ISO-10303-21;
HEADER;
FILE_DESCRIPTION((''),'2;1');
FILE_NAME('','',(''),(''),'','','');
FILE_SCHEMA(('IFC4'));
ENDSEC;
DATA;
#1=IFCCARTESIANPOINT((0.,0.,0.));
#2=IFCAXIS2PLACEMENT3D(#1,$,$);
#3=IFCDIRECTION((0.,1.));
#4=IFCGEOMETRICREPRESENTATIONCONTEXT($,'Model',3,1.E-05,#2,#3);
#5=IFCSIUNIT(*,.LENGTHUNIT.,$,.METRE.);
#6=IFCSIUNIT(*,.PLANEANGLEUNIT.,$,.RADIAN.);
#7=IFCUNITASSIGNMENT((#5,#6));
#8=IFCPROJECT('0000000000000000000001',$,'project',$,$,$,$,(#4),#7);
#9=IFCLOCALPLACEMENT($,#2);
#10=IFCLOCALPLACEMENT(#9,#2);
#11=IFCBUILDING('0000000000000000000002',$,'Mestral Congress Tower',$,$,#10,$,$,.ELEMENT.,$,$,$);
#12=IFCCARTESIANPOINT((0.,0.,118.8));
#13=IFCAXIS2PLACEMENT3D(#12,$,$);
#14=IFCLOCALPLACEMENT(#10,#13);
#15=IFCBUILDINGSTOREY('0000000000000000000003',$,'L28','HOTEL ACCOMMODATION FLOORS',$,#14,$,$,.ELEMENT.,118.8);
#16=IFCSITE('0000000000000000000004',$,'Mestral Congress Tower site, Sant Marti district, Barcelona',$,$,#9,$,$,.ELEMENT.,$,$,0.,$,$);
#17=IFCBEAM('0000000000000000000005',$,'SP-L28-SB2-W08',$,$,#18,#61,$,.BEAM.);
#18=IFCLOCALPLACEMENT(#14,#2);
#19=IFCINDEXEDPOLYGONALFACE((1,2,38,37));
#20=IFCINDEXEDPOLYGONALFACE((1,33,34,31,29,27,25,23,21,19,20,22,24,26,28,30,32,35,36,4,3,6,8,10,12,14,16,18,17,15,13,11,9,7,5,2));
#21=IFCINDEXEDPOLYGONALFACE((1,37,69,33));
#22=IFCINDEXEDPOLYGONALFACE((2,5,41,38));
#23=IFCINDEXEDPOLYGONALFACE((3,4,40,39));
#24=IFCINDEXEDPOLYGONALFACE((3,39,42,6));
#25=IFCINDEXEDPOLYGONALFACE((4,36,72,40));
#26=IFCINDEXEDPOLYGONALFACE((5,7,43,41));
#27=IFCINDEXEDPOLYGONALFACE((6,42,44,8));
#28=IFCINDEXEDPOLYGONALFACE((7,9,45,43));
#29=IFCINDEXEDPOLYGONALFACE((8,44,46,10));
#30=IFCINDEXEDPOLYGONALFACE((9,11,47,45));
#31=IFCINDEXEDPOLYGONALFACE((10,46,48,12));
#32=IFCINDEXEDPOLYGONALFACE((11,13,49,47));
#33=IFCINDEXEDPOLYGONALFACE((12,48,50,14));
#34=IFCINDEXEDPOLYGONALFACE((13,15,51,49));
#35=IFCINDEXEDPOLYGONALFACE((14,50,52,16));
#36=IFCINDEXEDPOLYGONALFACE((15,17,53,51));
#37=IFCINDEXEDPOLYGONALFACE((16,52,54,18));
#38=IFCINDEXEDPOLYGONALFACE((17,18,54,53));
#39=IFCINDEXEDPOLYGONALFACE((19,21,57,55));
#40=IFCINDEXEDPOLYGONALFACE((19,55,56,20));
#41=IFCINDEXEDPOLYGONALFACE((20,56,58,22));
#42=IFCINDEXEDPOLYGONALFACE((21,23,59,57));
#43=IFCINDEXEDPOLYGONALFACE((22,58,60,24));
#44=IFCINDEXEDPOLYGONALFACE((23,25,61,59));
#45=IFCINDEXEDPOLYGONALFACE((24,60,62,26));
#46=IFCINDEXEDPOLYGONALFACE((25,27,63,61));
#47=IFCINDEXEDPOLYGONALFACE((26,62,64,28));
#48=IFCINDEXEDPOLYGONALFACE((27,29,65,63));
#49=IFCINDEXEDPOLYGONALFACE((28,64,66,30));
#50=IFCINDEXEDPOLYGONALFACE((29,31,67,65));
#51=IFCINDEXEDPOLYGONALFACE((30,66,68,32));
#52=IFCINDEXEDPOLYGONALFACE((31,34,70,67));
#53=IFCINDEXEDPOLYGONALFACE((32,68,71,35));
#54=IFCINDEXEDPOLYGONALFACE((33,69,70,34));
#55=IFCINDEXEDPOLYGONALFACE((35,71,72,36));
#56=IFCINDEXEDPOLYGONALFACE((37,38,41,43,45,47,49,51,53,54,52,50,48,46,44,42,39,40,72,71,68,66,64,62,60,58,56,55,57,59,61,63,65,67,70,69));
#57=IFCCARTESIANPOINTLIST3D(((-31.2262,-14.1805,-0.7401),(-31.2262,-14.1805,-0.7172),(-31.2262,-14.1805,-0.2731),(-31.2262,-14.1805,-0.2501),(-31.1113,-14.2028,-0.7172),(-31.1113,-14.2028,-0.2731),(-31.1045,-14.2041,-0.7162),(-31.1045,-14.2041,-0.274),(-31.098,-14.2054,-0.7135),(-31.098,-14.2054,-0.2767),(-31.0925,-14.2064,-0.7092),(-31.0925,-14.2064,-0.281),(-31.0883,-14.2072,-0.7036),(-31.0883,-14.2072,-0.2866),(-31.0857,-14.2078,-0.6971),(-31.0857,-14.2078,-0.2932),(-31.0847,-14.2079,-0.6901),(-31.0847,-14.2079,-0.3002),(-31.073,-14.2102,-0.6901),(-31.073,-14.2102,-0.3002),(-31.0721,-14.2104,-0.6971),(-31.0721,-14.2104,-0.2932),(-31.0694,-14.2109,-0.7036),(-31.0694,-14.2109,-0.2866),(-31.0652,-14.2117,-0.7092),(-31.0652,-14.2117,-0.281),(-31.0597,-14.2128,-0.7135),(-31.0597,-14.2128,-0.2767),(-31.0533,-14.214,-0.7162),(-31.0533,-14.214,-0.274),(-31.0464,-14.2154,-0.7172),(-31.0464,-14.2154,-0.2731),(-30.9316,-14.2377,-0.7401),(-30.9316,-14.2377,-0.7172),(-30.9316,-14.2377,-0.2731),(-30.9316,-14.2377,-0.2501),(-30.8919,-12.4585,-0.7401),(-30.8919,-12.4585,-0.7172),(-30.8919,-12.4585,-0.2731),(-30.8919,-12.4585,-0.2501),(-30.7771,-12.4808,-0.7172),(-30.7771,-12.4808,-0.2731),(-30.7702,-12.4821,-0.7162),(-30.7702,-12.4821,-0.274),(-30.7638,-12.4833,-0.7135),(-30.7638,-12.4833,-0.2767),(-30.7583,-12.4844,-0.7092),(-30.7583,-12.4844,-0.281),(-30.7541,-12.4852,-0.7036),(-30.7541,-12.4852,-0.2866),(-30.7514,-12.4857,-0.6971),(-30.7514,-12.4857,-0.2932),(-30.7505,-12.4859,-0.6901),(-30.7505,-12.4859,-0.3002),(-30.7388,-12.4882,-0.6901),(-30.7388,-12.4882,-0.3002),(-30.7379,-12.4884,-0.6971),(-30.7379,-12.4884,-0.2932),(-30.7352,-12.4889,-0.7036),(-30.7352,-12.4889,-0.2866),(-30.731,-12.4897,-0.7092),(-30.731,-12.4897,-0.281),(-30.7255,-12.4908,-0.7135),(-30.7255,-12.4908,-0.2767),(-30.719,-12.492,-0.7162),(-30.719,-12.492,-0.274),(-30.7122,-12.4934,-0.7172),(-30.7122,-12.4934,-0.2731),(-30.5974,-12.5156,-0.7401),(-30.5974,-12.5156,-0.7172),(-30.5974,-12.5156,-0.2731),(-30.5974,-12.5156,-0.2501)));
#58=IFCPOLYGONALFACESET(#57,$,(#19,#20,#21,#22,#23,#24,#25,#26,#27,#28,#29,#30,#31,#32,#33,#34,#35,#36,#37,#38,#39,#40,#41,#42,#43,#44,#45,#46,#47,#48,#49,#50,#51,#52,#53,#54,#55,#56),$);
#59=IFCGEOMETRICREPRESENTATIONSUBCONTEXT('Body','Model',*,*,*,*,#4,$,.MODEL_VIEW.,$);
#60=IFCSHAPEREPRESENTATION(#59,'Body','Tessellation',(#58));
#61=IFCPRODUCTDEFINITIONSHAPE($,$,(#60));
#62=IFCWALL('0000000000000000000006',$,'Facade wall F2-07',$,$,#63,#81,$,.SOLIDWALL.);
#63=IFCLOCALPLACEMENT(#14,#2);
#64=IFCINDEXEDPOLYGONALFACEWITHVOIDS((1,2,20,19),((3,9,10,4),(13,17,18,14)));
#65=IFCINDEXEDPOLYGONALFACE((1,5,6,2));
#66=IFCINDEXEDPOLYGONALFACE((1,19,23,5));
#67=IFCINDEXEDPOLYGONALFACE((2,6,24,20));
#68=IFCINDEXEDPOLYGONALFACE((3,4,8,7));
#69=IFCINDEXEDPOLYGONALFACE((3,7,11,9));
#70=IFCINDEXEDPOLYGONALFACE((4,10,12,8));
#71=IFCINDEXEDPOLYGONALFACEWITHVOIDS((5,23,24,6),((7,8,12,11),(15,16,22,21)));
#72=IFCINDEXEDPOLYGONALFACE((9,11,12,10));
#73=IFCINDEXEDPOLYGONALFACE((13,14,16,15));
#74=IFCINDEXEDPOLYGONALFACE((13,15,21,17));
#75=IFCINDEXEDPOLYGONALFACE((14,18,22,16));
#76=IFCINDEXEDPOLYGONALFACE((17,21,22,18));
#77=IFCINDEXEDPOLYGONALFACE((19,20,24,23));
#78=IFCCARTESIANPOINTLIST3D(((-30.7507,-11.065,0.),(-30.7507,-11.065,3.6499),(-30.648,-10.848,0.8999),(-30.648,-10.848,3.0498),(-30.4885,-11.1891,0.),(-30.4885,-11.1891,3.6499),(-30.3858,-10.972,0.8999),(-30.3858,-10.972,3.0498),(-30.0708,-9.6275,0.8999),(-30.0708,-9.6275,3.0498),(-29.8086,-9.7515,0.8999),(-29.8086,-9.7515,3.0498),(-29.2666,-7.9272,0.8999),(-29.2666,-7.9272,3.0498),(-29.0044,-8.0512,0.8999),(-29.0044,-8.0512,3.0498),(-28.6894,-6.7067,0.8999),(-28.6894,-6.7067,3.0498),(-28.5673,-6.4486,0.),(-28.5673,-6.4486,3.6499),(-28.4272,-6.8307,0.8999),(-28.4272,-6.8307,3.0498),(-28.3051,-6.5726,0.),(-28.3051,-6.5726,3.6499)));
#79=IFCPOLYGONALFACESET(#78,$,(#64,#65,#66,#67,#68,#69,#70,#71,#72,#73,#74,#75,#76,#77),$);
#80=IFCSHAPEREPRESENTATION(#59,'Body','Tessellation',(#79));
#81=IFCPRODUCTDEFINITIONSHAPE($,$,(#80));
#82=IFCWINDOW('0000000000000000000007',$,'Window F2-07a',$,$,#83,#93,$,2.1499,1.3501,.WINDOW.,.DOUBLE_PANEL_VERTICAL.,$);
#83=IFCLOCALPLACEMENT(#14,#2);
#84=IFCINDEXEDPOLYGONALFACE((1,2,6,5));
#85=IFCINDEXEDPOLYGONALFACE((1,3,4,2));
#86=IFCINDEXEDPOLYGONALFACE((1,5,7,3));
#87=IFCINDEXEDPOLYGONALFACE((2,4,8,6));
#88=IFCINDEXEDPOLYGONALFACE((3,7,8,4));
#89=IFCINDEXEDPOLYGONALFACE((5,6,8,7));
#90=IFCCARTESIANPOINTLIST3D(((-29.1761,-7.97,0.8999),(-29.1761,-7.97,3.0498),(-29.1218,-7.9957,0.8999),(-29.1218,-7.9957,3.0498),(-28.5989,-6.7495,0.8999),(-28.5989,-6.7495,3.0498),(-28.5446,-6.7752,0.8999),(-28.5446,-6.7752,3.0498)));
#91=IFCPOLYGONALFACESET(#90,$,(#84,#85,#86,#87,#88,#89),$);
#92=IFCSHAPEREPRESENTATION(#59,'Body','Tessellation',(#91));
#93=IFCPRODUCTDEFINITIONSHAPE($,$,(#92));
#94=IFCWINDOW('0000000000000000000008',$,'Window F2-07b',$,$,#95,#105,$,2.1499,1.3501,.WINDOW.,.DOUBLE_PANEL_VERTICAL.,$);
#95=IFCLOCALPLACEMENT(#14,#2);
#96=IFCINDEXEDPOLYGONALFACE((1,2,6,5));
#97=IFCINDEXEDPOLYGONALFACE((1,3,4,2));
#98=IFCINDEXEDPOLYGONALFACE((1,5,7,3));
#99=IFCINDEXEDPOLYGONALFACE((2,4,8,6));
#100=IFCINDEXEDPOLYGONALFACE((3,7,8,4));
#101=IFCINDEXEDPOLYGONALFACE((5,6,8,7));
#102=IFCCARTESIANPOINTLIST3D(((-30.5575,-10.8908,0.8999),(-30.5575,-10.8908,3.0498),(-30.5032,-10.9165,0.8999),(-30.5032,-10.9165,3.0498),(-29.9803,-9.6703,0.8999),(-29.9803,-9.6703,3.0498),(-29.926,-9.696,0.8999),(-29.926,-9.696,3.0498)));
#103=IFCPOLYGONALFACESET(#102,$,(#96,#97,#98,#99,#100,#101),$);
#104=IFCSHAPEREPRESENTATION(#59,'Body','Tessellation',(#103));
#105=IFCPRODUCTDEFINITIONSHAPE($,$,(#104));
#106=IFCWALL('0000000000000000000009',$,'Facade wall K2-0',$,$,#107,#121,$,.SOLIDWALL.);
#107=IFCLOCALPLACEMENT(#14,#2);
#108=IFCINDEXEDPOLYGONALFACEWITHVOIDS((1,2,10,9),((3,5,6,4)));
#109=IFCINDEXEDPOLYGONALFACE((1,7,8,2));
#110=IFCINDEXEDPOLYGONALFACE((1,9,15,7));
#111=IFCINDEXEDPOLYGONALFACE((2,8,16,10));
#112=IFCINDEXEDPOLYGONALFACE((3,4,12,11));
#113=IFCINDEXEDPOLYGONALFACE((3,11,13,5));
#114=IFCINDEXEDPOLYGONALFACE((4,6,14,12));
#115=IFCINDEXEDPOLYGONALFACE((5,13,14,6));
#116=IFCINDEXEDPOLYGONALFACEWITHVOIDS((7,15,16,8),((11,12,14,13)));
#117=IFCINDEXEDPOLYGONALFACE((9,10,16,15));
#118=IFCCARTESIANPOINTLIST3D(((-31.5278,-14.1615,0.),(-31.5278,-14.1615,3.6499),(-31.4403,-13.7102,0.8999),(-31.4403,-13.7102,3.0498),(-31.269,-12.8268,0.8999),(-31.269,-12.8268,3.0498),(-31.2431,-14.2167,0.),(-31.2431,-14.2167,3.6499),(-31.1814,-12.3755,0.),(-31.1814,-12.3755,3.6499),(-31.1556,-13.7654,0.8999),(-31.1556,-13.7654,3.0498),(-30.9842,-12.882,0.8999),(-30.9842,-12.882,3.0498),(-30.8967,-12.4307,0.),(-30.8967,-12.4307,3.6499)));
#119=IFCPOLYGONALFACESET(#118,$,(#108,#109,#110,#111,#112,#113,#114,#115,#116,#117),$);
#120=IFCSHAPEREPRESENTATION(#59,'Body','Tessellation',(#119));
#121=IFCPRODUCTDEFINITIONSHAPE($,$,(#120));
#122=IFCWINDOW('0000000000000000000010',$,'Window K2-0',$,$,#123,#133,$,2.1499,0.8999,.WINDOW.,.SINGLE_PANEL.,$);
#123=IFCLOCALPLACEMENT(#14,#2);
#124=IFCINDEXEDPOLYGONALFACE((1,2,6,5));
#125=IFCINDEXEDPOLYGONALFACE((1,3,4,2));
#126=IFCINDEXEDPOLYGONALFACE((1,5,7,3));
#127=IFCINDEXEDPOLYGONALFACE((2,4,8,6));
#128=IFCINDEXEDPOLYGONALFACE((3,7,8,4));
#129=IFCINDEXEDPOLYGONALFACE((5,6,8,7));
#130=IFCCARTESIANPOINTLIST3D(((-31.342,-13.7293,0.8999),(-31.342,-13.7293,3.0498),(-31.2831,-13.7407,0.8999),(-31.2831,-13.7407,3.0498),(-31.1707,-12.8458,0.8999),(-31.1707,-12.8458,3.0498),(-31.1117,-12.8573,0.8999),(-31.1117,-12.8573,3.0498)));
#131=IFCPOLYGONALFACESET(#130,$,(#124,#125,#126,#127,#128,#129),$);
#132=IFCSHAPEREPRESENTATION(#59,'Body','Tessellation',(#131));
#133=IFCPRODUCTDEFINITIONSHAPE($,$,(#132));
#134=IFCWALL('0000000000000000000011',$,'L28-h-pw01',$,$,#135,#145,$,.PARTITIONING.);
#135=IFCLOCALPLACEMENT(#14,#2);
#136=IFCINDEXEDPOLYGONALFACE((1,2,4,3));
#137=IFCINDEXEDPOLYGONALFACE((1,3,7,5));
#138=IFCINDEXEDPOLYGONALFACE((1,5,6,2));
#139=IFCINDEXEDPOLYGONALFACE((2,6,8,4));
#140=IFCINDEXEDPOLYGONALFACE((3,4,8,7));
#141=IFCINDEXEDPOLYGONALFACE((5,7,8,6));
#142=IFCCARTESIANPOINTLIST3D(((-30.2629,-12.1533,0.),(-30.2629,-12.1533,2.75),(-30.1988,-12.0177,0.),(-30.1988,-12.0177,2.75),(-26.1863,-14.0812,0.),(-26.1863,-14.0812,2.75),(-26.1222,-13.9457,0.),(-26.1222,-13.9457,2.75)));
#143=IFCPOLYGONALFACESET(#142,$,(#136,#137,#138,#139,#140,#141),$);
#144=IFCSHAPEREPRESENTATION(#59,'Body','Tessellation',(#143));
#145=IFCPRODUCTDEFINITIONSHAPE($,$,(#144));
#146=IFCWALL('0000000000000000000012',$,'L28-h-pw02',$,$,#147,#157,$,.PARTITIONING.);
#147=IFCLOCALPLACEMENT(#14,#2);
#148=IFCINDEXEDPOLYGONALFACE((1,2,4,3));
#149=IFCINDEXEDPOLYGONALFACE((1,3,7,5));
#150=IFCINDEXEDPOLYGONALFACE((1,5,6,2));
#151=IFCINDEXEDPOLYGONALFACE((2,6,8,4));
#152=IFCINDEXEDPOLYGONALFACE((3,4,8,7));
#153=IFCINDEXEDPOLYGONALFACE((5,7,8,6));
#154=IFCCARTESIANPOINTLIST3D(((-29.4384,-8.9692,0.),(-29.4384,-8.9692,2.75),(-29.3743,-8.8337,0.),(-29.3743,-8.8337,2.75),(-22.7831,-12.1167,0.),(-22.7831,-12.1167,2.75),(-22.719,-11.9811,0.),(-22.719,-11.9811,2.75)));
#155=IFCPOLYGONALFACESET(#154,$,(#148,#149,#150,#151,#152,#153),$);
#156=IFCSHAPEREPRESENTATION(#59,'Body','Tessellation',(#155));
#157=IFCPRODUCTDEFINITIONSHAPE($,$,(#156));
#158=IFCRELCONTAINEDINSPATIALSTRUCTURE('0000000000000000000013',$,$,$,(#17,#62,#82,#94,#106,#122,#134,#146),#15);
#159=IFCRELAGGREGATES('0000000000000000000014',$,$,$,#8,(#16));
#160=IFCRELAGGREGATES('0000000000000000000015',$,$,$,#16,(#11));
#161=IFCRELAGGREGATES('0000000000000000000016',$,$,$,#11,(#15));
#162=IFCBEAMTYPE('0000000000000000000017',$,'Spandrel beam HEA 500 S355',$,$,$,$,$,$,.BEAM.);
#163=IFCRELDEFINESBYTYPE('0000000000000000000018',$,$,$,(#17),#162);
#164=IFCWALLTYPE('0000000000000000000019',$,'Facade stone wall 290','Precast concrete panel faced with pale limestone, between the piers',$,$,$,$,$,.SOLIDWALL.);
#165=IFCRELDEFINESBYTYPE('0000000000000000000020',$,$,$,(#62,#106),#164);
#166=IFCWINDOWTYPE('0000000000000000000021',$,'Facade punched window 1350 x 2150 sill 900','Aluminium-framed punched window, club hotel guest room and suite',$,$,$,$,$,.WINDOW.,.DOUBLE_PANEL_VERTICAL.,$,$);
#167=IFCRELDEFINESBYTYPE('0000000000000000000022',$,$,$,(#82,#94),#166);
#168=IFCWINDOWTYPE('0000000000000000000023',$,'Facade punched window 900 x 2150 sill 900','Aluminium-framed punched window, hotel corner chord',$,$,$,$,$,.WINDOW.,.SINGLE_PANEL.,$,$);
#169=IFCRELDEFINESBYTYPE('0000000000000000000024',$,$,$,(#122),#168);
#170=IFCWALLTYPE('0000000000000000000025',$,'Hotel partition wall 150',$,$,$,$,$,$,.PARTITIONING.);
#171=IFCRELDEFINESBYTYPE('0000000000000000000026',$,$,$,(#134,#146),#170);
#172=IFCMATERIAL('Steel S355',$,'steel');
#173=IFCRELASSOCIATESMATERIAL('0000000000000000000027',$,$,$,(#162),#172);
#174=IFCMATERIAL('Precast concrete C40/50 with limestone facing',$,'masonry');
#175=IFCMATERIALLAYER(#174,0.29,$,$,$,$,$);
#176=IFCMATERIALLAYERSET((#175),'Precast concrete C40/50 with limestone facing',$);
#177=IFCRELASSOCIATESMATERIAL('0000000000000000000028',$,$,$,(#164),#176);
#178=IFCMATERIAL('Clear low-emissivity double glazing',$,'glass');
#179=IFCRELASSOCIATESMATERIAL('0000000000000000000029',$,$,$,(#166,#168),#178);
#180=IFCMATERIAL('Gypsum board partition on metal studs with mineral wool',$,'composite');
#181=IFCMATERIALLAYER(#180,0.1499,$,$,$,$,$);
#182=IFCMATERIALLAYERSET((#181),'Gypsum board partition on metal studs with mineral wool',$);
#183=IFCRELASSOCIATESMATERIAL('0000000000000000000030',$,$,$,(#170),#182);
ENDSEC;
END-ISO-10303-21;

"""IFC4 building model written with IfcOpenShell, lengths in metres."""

from ifc_helpers import new_model, si_unit, direction, frame, frame_2d, origin, origin_2d, place, context, subcontext, project, spatial, rectangle, i_section, extrude, material, layer, layer_set, material_profile, profile_set, type_object, element, fill, save


model = new_model("IFC4")

# Units and contexts
model_context = context("Model", 3, precision=1e-05, world=origin(), true_north=direction((0.0, 1.0)))
body_context = subcontext(model_context, "Body", "Model", "MODEL_VIEW")
ifc_project = project(units=[si_unit("LENGTHUNIT", "METRE"), si_unit("PLANEANGLEUNIT", "RADIAN")], contexts=[model_context])

# Site, building, storey
site_placement = place(None, origin())
site = spatial("IfcSite", under=ifc_project, at=site_placement, Name="Mestral Congress Tower site, Sant Marti district, Barcelona", CompositionType="ELEMENT", RefElevation=0.0)
building_placement = place(site_placement, origin())
building = spatial("IfcBuilding", under=site, at=building_placement, Name="Mestral Congress Tower", CompositionType="ELEMENT")
storey_placement = place(building_placement, frame((0.0, 0.0, 118.8)))
storey = spatial("IfcBuildingStorey", under=building, at=storey_placement, Name="L28", Description="HOTEL ACCOMMODATION FLOORS", CompositionType="ELEMENT", Elevation=118.8)

# Beam
ifc_material_1 = material(Name="Steel S355", Category="steel")
ifc_material_profile_1 = material_profile(ifc_material_1, i_section(OverallWidth=0.3, OverallDepth=0.49, WebThickness=0.012, FlangeThickness=0.0229, FilletRadius=0.0271, at=origin_2d()), Name="HEA 500")
ifc_profile_set_1 = profile_set([ifc_material_profile_1], Name="Steel S355")
beam_type_1 = type_object("IfcBeamType", Name="Spandrel beam HEA 500 S355", PredefinedType="BEAM", material=ifc_profile_set_1)
beam_1_placement = place(storey_placement, frame((-30.7446, -12.4871, -0.4951), z_axis=(-0.190546, -0.981678, 0.0), x_axis=(0.981678, -0.190546, 0.0)))
element("IfcBeam", 1, at=beam_1_placement, inside=storey, type_object=beam_type_1, Name="SP-L28-SB2-W08", PredefinedType="BEAM", context=body_context, shape_type="SweptSolid", body=[
    extrude(i_section(OverallWidth=0.3, OverallDepth=0.49, WebThickness=0.012, FlangeThickness=0.0229, FilletRadius=0.0271, at=origin_2d()), origin(), (0.0, 0.0, 1.0), 1.7542),
])

# Wall, openings, windows
ifc_material_2 = material(Name="Precast concrete C40/50 with limestone facing", Category="masonry")
ifc_layer_1 = layer(ifc_material_2, 0.29)
ifc_layer_set_1 = layer_set([ifc_layer_1], Name="Precast concrete C40/50 with limestone facing")
wall_type_1 = type_object("IfcWallType", Name="Facade stone wall 290", Description="Precast concrete panel faced with pale limestone, between the piers", PredefinedType="SOLIDWALL", material=ifc_layer_set_1)
wall_1_placement = place(storey_placement, frame((-28.4363, -6.5107, 0.0), z_axis=(0.0, 0.0, 1.0), x_axis=(-0.427544, -0.903995, 0.0)))
wall_1 = element("IfcWall", 2, at=wall_1_placement, inside=storey, type_object=wall_type_1, Name="Facade wall F2-07", PredefinedType="SOLIDWALL", context=body_context, shape_type="SweptSolid", body=[
    extrude(rectangle(XDim=5.1067, YDim=0.29, at=frame_2d((2.5532, 0.0))), origin(), (0.0, 0.0, 1.0), 3.6499),
])
opening_1_placement = place(wall_1_placement, frame((0.2854, 0.0, 0.8999)))
opening_1 = element("IfcOpeningElement", 3, at=opening_1_placement, cuts=wall_1, PredefinedType="OPENING", context=body_context, shape_type="SweptSolid", body=[
    extrude(rectangle(XDim=1.3501, YDim=2.1499, at=frame_2d((0.675, 1.075))), frame((0.0, 0.155, 0.0), z_axis=(0.0, -1.0, 0.0), x_axis=(1.0, 0.0, 0.0)), (0.0, 0.0, 1.0), 0.3101),
])
opening_2_placement = place(wall_1_placement, frame((3.5164, 0.0, 0.8999)))
opening_2 = element("IfcOpeningElement", 4, at=opening_2_placement, cuts=wall_1, PredefinedType="OPENING", context=body_context, shape_type="SweptSolid", body=[
    extrude(rectangle(XDim=1.3501, YDim=2.1499, at=frame_2d((0.675, 1.075))), frame((0.0, 0.155, 0.0), z_axis=(0.0, -1.0, 0.0), x_axis=(1.0, 0.0, 0.0)), (0.0, 0.0, 1.0), 0.3101),
])
ifc_material_3 = material(Name="Clear low-emissivity double glazing", Category="glass")
window_type_1 = type_object("IfcWindowType", Name="Facade punched window 1350 x 2150 sill 900", Description="Aluminium-framed punched window, club hotel guest room and suite", PartitioningType="DOUBLE_PANEL_VERTICAL", PredefinedType="WINDOW", material=ifc_material_3)
window_1_placement = place(opening_1_placement, origin())
window_1 = element("IfcWindow", 5, at=window_1_placement, inside=storey, type_object=window_type_1, Name="Window F2-07a", OverallHeight=2.1499, OverallWidth=1.3501, PartitioningType="DOUBLE_PANEL_VERTICAL", PredefinedType="WINDOW", context=body_context, shape_type="SweptSolid", body=[
    extrude(rectangle(XDim=1.3501, YDim=2.1499, at=frame_2d((0.675, 1.075))), frame((0.0, 0.0151, 0.0), z_axis=(0.0, -1.0, 0.0), x_axis=(1.0, 0.0, 0.0)), (0.0, 0.0, 1.0), 0.0601),
])
fill(opening_1, window_1)
window_2_placement = place(opening_2_placement, origin())
window_2 = element("IfcWindow", 6, at=window_2_placement, inside=storey, type_object=window_type_1, Name="Window F2-07b", OverallHeight=2.1499, OverallWidth=1.3501, PartitioningType="DOUBLE_PANEL_VERTICAL", PredefinedType="WINDOW", context=body_context, shape_type="SweptSolid", body=[
    extrude(rectangle(XDim=1.3501, YDim=2.1499, at=frame_2d((0.675, 1.075))), frame((0.0, 0.0151, 0.0), z_axis=(0.0, -1.0, 0.0), x_axis=(1.0, 0.0, 0.0)), (0.0, 0.0, 1.0), 0.0601),
])
fill(opening_2, window_2)

# Wall, opening, window
wall_2_placement = place(storey_placement, frame((-31.0391, -12.4031, 0.0), z_axis=(0.0, 0.0, 1.0), x_axis=(-0.19041, -0.981705, 0.0)))
wall_2 = element("IfcWall", 7, at=wall_2_placement, inside=storey, type_object=wall_type_1, Name="Facade wall K2-0", PredefinedType="SOLIDWALL", context=body_context, shape_type="SweptSolid", body=[
    extrude(rectangle(XDim=1.8193, YDim=0.29, at=frame_2d((0.9097, 0.0))), origin(), (0.0, 0.0, 1.0), 3.6499),
])
opening_3_placement = place(wall_2_placement, frame((0.4597, 0.0, 0.8999)))
opening_3 = element("IfcOpeningElement", 8, at=opening_3_placement, cuts=wall_2, PredefinedType="OPENING", context=body_context, shape_type="SweptSolid", body=[
    extrude(rectangle(XDim=0.8999, YDim=2.1499, at=frame_2d((0.45, 1.075))), frame((0.0, 0.155, 0.0), z_axis=(0.0, -1.0, 0.0), x_axis=(1.0, 0.0, 0.0)), (0.0, 0.0, 1.0), 0.3101),
])
window_type_2 = type_object("IfcWindowType", Name="Facade punched window 900 x 2150 sill 900", Description="Aluminium-framed punched window, hotel corner chord", PartitioningType="SINGLE_PANEL", PredefinedType="WINDOW", material=ifc_material_3)
window_3_placement = place(opening_3_placement, origin())
window_3 = element("IfcWindow", 9, at=window_3_placement, inside=storey, type_object=window_type_2, Name="Window K2-0", OverallHeight=2.1499, OverallWidth=0.8999, PartitioningType="SINGLE_PANEL", PredefinedType="WINDOW", context=body_context, shape_type="SweptSolid", body=[
    extrude(rectangle(XDim=0.8999, YDim=2.1499, at=frame_2d((0.45, 1.075))), frame((0.0, 0.0151, 0.0), z_axis=(0.0, -1.0, 0.0), x_axis=(1.0, 0.0, 0.0)), (0.0, 0.0, 1.0), 0.0601),
])
fill(opening_3, window_3)

# Walls
ifc_material_4 = material(Name="Gypsum board partition on metal studs with mineral wool", Category="composite")
ifc_layer_2 = layer(ifc_material_4, 0.1499)
ifc_layer_set_2 = layer_set([ifc_layer_2], Name="Gypsum board partition on metal studs with mineral wool")
wall_type_2 = type_object("IfcWallType", Name="Hotel partition wall 150", PredefinedType="PARTITIONING", material=ifc_layer_set_2)
wall_3_placement = place(storey_placement, frame((-30.231, -12.0854, 0.0), z_axis=(0.0, 0.0, 1.0), x_axis=(0.904001, -0.42753, 0.0)))
element("IfcWall", 10, at=wall_3_placement, inside=storey, type_object=wall_type_2, Name="L28-h-pw01", PredefinedType="PARTITIONING", context=body_context, shape_type="SweptSolid", body=[
    extrude(rectangle(XDim=4.5095, YDim=0.1499, at=frame_2d((2.2549, 0.0))), origin(), (0.0, 0.0, 1.0), 2.75),
])
wall_4_placement = place(storey_placement, frame((-29.4065, -8.9014, 0.0), z_axis=(0.0, 0.0, 1.0), x_axis=(0.904002, -0.427527, 0.0)))
element("IfcWall", 11, at=wall_4_placement, inside=storey, type_object=wall_type_2, Name="L28-h-pw02", PredefinedType="PARTITIONING", context=body_context, shape_type="SweptSolid", body=[
    extrude(rectangle(XDim=7.3621, YDim=0.1499, at=frame_2d((3.6812, 0.0))), origin(), (0.0, 0.0, 1.0), 2.75),
])

save(model, "model.ifc")
